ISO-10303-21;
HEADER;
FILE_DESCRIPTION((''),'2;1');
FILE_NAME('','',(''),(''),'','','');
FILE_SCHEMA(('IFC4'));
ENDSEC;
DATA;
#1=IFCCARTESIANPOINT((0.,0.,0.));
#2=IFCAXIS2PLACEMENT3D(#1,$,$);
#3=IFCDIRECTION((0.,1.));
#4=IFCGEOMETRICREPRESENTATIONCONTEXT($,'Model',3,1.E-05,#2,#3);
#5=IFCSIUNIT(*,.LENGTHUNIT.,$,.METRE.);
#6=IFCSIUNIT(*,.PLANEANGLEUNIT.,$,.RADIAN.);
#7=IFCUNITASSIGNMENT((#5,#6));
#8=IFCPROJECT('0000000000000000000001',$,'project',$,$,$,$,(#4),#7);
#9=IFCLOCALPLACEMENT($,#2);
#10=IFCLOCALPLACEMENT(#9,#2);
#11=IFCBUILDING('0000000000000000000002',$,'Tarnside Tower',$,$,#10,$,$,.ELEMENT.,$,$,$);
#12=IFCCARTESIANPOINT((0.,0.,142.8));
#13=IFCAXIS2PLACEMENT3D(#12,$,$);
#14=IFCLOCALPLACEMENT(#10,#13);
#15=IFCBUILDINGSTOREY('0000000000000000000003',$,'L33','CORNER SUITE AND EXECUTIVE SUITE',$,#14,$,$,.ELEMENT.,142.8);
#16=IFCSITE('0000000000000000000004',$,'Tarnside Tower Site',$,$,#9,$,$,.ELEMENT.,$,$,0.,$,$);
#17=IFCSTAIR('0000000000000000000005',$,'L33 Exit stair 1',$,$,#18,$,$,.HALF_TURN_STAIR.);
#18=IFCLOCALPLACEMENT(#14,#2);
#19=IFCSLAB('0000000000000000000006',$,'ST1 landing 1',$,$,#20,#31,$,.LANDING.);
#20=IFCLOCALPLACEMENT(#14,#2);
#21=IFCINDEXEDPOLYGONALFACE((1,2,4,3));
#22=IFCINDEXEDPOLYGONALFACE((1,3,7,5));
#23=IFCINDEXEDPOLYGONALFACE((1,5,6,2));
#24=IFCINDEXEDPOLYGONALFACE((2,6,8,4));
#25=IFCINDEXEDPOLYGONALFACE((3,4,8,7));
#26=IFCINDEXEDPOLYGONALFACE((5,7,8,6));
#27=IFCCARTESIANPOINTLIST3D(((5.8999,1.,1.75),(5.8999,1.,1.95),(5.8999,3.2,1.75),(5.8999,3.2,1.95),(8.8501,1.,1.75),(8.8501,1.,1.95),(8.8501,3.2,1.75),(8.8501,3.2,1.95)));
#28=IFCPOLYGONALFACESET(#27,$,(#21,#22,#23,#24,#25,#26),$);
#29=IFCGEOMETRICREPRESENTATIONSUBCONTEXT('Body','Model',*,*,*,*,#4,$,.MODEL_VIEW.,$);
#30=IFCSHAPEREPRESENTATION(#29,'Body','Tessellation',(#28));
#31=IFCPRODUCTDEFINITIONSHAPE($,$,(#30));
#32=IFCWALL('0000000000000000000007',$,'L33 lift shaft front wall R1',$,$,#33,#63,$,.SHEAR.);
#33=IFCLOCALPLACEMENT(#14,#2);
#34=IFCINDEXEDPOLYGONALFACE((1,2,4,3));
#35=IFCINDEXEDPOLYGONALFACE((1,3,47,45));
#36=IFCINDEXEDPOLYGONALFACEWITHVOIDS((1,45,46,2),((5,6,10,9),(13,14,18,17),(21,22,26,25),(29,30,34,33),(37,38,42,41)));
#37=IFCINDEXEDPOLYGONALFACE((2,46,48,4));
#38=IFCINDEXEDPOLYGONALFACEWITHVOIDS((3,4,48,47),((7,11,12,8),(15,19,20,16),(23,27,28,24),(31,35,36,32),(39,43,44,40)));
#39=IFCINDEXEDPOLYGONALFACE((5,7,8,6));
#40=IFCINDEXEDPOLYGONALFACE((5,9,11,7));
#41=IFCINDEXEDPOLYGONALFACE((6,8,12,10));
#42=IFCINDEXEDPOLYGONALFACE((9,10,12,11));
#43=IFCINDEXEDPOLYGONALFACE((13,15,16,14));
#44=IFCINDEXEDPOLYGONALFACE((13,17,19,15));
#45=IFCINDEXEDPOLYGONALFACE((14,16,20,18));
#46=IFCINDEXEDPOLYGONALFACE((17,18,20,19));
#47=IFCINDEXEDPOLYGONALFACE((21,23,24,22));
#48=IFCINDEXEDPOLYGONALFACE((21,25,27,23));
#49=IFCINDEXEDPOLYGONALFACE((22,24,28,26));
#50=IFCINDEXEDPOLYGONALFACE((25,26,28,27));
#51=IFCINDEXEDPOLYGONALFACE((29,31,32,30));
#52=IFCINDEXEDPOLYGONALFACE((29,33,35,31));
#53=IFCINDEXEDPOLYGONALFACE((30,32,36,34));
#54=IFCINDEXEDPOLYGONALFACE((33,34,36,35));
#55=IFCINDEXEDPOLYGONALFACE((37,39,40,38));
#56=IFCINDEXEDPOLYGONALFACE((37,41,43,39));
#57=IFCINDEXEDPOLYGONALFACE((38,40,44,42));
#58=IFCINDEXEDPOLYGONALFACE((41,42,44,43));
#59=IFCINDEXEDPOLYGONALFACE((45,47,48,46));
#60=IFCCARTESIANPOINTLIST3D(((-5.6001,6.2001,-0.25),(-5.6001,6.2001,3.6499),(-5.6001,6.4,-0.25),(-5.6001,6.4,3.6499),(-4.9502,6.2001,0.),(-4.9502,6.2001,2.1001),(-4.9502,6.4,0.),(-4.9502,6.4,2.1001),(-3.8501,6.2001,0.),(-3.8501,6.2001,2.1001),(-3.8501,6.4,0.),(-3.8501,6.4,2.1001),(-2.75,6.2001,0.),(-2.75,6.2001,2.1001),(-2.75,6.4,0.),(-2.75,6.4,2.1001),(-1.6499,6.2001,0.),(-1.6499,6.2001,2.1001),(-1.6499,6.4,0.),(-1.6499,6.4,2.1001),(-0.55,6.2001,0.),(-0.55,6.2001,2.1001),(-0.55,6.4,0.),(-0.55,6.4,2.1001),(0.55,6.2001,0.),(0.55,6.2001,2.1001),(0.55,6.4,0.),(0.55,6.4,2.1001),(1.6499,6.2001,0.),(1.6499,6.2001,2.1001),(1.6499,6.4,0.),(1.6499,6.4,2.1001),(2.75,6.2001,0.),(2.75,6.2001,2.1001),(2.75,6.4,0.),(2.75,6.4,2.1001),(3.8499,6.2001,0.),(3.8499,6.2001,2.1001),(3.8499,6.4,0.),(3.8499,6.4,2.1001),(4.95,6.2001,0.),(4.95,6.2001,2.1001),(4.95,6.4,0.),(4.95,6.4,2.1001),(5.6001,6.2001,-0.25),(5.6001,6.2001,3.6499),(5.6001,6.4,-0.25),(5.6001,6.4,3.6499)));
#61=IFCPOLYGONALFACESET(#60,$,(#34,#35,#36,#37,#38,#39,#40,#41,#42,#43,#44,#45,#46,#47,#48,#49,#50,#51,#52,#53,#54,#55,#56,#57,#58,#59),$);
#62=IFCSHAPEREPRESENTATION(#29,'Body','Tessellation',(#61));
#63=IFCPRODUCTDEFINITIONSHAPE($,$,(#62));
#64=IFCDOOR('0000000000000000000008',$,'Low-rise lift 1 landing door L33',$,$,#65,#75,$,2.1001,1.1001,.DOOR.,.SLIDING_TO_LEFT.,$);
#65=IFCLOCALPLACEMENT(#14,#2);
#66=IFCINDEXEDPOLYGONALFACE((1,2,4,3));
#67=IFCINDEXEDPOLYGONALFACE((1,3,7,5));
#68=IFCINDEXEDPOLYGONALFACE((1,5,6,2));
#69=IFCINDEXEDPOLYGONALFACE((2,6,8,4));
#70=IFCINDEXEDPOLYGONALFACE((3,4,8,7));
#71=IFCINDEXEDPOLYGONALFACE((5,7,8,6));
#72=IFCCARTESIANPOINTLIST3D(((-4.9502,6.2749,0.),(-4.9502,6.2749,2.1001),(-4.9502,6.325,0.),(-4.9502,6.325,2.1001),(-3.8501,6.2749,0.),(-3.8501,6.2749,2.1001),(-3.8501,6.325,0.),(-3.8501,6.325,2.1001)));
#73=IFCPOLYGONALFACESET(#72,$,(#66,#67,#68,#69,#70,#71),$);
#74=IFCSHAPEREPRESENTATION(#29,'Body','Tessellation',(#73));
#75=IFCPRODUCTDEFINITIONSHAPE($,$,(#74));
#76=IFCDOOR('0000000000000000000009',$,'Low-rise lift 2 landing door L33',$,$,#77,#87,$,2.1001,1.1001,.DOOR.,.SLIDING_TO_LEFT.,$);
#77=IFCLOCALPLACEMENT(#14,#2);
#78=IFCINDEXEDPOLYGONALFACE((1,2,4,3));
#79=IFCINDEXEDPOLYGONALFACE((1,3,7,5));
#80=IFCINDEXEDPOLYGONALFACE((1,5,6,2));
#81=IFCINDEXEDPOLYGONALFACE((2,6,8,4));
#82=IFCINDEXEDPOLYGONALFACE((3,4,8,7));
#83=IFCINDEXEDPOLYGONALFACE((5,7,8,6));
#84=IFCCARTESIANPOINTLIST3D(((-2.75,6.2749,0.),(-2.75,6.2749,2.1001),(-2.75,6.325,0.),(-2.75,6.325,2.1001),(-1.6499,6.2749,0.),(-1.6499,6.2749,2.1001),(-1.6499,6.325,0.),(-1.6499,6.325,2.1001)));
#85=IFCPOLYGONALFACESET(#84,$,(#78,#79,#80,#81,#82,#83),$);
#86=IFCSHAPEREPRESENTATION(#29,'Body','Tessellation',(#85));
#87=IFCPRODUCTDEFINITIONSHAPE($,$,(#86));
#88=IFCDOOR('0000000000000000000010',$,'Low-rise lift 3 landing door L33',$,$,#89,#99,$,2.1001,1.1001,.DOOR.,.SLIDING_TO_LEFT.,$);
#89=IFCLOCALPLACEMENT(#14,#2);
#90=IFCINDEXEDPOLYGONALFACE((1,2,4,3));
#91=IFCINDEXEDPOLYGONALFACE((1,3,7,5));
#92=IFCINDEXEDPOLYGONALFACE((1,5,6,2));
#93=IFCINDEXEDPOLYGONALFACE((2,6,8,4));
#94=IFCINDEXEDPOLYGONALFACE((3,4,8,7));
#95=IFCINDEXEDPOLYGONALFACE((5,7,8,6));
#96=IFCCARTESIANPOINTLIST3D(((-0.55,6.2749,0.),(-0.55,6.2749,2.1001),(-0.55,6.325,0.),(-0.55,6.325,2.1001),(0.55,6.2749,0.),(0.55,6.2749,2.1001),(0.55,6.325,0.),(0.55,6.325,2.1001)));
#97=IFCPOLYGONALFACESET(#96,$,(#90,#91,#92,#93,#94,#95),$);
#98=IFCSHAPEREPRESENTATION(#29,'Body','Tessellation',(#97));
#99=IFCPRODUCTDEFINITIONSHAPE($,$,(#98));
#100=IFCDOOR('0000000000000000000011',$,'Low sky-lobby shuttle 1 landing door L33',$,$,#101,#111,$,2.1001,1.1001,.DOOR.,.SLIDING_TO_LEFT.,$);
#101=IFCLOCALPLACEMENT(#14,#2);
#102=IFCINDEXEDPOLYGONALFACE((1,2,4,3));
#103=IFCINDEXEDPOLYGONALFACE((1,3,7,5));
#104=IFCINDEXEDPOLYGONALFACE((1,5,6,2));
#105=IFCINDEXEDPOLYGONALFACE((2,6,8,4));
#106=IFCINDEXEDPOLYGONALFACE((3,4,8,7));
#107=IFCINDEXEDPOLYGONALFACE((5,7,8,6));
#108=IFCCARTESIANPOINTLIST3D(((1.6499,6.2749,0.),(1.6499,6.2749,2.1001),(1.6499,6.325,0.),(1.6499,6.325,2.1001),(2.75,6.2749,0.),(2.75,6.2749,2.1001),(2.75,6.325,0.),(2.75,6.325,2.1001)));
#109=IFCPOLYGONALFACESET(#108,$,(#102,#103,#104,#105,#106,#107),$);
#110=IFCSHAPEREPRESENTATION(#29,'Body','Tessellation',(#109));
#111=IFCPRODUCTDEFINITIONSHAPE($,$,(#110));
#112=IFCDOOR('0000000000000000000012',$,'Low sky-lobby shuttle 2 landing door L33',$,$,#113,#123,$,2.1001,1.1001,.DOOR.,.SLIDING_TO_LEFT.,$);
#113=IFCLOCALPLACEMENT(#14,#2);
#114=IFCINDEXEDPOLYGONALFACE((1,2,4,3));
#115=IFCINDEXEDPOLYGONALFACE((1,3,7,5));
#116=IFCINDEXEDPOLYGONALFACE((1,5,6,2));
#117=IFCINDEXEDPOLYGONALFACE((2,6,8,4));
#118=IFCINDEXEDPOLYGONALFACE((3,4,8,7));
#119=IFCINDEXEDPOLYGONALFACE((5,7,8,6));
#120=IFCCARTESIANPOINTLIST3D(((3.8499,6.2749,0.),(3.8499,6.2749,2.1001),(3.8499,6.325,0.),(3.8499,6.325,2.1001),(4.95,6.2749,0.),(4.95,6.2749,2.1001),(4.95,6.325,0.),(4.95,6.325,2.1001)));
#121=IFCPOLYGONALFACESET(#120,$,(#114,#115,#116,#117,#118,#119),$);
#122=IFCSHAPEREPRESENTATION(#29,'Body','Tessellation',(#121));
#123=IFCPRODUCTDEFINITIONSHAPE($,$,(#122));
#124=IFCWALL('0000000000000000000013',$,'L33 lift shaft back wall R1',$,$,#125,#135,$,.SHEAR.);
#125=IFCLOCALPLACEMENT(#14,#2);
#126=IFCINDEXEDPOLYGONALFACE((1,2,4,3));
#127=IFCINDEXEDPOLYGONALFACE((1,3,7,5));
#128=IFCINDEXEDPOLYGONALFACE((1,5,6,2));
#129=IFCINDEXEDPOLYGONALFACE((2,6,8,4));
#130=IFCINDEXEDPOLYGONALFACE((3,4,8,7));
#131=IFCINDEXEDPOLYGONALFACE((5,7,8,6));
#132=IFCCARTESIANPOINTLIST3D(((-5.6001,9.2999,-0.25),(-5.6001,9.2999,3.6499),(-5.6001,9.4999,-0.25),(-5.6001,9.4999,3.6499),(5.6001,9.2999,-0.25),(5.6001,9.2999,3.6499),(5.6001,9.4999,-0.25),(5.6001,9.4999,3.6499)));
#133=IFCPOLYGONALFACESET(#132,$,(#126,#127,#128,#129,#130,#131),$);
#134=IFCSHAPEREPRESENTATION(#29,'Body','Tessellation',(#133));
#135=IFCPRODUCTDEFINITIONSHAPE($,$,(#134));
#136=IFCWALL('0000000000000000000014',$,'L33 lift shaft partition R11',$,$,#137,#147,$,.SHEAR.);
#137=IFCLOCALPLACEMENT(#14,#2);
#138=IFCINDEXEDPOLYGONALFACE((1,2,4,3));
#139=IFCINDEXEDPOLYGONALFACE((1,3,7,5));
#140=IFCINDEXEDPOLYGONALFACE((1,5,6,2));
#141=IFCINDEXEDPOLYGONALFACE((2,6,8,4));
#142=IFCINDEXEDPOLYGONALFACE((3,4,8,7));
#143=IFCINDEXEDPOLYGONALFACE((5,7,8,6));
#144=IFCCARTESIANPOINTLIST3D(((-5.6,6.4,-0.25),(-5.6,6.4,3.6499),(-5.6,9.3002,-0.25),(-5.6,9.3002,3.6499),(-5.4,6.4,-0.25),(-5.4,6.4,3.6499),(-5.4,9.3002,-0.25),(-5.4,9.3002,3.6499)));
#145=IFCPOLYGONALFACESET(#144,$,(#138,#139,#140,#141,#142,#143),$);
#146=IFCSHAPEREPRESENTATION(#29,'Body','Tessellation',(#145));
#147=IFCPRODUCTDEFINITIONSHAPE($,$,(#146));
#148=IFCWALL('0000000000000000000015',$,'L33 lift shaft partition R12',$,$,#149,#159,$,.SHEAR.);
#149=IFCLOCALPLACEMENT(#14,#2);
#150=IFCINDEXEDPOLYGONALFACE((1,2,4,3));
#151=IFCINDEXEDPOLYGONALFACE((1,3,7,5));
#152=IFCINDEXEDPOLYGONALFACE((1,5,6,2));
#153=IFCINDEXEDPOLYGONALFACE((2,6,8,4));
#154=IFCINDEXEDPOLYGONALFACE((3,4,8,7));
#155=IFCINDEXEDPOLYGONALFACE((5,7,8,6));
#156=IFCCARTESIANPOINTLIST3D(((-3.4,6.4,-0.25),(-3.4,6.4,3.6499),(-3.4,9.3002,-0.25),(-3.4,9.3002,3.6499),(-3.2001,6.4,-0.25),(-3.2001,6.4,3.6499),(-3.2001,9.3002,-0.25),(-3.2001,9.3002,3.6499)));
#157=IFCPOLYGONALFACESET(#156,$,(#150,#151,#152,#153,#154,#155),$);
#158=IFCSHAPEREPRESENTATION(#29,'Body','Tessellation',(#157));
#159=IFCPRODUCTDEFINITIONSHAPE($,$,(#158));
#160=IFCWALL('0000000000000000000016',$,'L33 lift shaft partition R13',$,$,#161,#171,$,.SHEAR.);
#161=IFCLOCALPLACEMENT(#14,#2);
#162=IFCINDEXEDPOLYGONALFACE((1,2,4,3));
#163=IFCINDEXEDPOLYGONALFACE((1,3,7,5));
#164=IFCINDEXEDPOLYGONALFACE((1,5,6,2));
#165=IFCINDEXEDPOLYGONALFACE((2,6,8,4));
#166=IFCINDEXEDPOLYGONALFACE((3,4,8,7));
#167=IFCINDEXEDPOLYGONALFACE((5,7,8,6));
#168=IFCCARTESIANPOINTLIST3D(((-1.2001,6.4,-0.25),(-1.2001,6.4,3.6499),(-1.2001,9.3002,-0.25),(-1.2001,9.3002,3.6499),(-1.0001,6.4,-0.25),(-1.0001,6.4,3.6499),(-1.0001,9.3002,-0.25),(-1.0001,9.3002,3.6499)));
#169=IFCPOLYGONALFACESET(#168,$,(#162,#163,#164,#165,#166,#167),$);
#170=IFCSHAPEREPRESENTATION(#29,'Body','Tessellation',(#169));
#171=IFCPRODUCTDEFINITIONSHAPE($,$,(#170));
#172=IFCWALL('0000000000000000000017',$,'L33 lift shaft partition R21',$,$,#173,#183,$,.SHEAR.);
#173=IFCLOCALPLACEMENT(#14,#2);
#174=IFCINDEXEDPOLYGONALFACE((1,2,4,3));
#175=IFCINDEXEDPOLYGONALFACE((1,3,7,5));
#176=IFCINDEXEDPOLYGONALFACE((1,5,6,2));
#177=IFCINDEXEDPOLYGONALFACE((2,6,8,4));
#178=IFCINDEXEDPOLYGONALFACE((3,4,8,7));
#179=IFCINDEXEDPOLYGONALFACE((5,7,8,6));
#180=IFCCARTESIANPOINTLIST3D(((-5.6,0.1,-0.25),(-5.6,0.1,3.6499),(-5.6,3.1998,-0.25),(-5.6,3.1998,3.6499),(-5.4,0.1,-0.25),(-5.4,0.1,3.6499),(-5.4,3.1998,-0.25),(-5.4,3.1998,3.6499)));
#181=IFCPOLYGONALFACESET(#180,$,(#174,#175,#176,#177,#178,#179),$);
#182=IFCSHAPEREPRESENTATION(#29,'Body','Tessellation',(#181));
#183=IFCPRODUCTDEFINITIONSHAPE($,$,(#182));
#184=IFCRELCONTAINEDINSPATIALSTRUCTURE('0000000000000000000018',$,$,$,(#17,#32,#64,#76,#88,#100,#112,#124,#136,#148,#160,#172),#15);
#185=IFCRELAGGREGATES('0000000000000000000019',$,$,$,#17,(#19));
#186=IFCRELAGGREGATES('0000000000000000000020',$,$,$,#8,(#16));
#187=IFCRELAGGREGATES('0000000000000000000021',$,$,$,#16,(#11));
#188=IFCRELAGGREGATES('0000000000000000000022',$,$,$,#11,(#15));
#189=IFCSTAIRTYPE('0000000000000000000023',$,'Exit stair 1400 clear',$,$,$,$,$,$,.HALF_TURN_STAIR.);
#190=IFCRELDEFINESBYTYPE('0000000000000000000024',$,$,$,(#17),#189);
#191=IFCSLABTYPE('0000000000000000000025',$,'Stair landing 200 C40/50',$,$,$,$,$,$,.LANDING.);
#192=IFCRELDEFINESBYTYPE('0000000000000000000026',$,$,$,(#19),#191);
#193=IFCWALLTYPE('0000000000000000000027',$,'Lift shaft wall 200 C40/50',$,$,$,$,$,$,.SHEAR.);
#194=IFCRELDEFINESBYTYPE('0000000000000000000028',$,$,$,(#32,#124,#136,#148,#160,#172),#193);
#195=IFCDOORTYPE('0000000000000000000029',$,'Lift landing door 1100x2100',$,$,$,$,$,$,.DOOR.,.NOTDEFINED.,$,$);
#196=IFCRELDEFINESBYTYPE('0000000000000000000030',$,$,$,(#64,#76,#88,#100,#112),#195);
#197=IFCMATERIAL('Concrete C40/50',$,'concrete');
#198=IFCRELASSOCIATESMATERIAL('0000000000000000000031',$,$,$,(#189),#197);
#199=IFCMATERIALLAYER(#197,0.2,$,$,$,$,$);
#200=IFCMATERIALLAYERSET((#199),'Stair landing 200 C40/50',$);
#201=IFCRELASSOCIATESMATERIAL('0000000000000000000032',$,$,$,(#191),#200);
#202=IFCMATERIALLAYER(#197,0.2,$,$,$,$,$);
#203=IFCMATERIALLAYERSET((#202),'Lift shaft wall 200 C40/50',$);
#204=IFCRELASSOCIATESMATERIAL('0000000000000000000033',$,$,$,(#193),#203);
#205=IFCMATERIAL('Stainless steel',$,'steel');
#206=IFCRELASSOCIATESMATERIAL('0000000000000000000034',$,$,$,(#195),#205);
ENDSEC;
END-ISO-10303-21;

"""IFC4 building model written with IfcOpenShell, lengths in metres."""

from ifc_helpers import new_model, si_unit, direction, frame, frame_2d, origin, place, context, subcontext, project, spatial, polyline, rectangle, outline, extrude, material, layer, layer_set, type_object, element, fill, aggregate, save


model = new_model("IFC4")

# Units and contexts
model_context = context("Model", 3, precision=1e-05, world=origin(), true_north=direction((0.0, 1.0)))
body_context = subcontext(model_context, "Body", "Model", "MODEL_VIEW")
ifc_project = project(units=[si_unit("LENGTHUNIT", "METRE"), si_unit("PLANEANGLEUNIT", "RADIAN")], contexts=[model_context])

# Site, building, storey
site_placement = place(None, origin())
site = spatial("IfcSite", under=ifc_project, at=site_placement, Name="Tarnside Tower Site", CompositionType="ELEMENT", RefElevation=0.0)
building_placement = place(site_placement, origin())
building = spatial("IfcBuilding", under=site, at=building_placement, Name="Tarnside Tower", CompositionType="ELEMENT")
storey_placement = place(building_placement, frame((0.0, 0.0, 142.8)))
storey = spatial("IfcBuildingStorey", under=building, at=storey_placement, Name="L33", Description="CORNER SUITE AND EXECUTIVE SUITE", CompositionType="ELEMENT", Elevation=142.8)

# Stair, slab
ifc_material_1 = material(Name="Concrete C40/50", Category="concrete")
stair_type = type_object("IfcStairType", Name="Exit stair 1400 clear", PredefinedType="HALF_TURN_STAIR", material=ifc_material_1)
stair_placement = place(storey_placement, origin())
stair = element("IfcStair", 1, at=stair_placement, inside=storey, type_object=stair_type, Name="L33 Exit stair 1", PredefinedType="HALF_TURN_STAIR")
ifc_layer_1 = layer(ifc_material_1, 0.2)
ifc_layer_set_1 = layer_set([ifc_layer_1], Name="Stair landing 200 C40/50")
slab_type = type_object("IfcSlabType", Name="Stair landing 200 C40/50", PredefinedType="LANDING", material=ifc_layer_set_1)
slab_placement = place(storey_placement, frame((0.0, 0.0, 1.75)))
slab = element("IfcSlab", 2, at=slab_placement, type_object=slab_type, Name="ST1 landing 1", PredefinedType="LANDING", context=body_context, shape_type="SweptSolid", body=[
    extrude(outline(polyline([(8.8501, 1.0), (8.8501, 3.2), (5.8999, 3.2), (5.8999, 1.0), (8.8501, 1.0)])), origin(), (0.0, 0.0, 1.0), 0.2),
])
aggregate(stair, [slab])

# Wall, openings, doors
ifc_layer_2 = layer(ifc_material_1, 0.2)
ifc_layer_set_2 = layer_set([ifc_layer_2], Name="Lift shaft wall 200 C40/50")
wall_type = type_object("IfcWallType", Name="Lift shaft wall 200 C40/50", PredefinedType="SHEAR", material=ifc_layer_set_2)
wall_1_placement = place(storey_placement, frame((-5.6001, 6.3, -0.25), z_axis=(0.0, 0.0, 1.0), x_axis=(1.0, 0.0, 0.0)))
wall_1 = element("IfcWall", 3, at=wall_1_placement, inside=storey, type_object=wall_type, Name="L33 lift shaft front wall R1", PredefinedType="SHEAR", context=body_context, shape_type="SweptSolid", body=[
    extrude(rectangle(XDim=11.2002, YDim=0.2, at=frame_2d((5.6001, 0.0))), origin(), (0.0, 0.0, 1.0), 3.8999),
])
opening_1_placement = place(wall_1_placement, frame((0.6499, 0.0, 0.25)))
opening_1 = element("IfcOpeningElement", 4, at=opening_1_placement, cuts=wall_1, PredefinedType="OPENING", context=body_context, shape_type="SweptSolid", body=[
    extrude(rectangle(XDim=1.1001, YDim=2.1001, at=frame_2d((0.55, 1.05))), frame((0.0, 0.1099, 0.0), z_axis=(0.0, -1.0, 0.0), x_axis=(1.0, 0.0, 0.0)), (0.0, 0.0, 1.0), 0.22),
])
opening_2_placement = place(wall_1_placement, frame((2.8501, 0.0, 0.25)))
opening_2 = element("IfcOpeningElement", 5, at=opening_2_placement, cuts=wall_1, PredefinedType="OPENING", context=body_context, shape_type="SweptSolid", body=[
    extrude(rectangle(XDim=1.1001, YDim=2.1001, at=frame_2d((0.55, 1.05))), frame((0.0, 0.1099, 0.0), z_axis=(0.0, -1.0, 0.0), x_axis=(1.0, 0.0, 0.0)), (0.0, 0.0, 1.0), 0.22),
])
opening_3_placement = place(wall_1_placement, frame((5.05, 0.0, 0.25)))
opening_3 = element("IfcOpeningElement", 6, at=opening_3_placement, cuts=wall_1, PredefinedType="OPENING", context=body_context, shape_type="SweptSolid", body=[
    extrude(rectangle(XDim=1.1001, YDim=2.1001, at=frame_2d((0.55, 1.05))), frame((0.0, 0.1099, 0.0), z_axis=(0.0, -1.0, 0.0), x_axis=(1.0, 0.0, 0.0)), (0.0, 0.0, 1.0), 0.22),
])
opening_4_placement = place(wall_1_placement, frame((7.25, 0.0, 0.25)))
opening_4 = element("IfcOpeningElement", 7, at=opening_4_placement, cuts=wall_1, PredefinedType="OPENING", context=body_context, shape_type="SweptSolid", body=[
    extrude(rectangle(XDim=1.1001, YDim=2.1001, at=frame_2d((0.55, 1.05))), frame((0.0, 0.1099, 0.0), z_axis=(0.0, -1.0, 0.0), x_axis=(1.0, 0.0, 0.0)), (0.0, 0.0, 1.0), 0.22),
])
opening_5_placement = place(wall_1_placement, frame((9.45, 0.0, 0.25)))
opening_5 = element("IfcOpeningElement", 8, at=opening_5_placement, cuts=wall_1, PredefinedType="OPENING", context=body_context, shape_type="SweptSolid", body=[
    extrude(rectangle(XDim=1.1001, YDim=2.1001, at=frame_2d((0.55, 1.05))), frame((0.0, 0.1099, 0.0), z_axis=(0.0, -1.0, 0.0), x_axis=(1.0, 0.0, 0.0)), (0.0, 0.0, 1.0), 0.22),
])
ifc_material_2 = material(Name="Stainless steel", Category="steel")
door_type = type_object("IfcDoorType", Name="Lift landing door 1100x2100", OperationType="NOTDEFINED", PredefinedType="DOOR", material=ifc_material_2)
door_1_placement = place(opening_1_placement, origin())
door_1 = element("IfcDoor", 9, at=door_1_placement, inside=storey, type_object=door_type, Name="Low-rise lift 1 landing door L33", OperationType="SLIDING_TO_LEFT", OverallHeight=2.1001, OverallWidth=1.1001, PredefinedType="DOOR", context=body_context, shape_type="SweptSolid", body=[
    extrude(rectangle(XDim=1.1001, YDim=2.1001, at=frame_2d((0.55, 1.05))), frame((0.0, 0.0249, 0.0), z_axis=(0.0, -1.0, 0.0), x_axis=(1.0, 0.0, 0.0)), (0.0, 0.0, 1.0), 0.05),
])
fill(opening_1, door_1)
door_2_placement = place(opening_2_placement, origin())
door_2 = element("IfcDoor", 10, at=door_2_placement, inside=storey, type_object=door_type, Name="Low-rise lift 2 landing door L33", OperationType="SLIDING_TO_LEFT", OverallHeight=2.1001, OverallWidth=1.1001, PredefinedType="DOOR", context=body_context, shape_type="SweptSolid", body=[
    extrude(rectangle(XDim=1.1001, YDim=2.1001, at=frame_2d((0.55, 1.05))), frame((0.0, 0.0249, 0.0), z_axis=(0.0, -1.0, 0.0), x_axis=(1.0, 0.0, 0.0)), (0.0, 0.0, 1.0), 0.05),
])
fill(opening_2, door_2)
door_3_placement = place(opening_3_placement, origin())
door_3 = element("IfcDoor", 11, at=door_3_placement, inside=storey, type_object=door_type, Name="Low-rise lift 3 landing door L33", OperationType="SLIDING_TO_LEFT", OverallHeight=2.1001, OverallWidth=1.1001, PredefinedType="DOOR", context=body_context, shape_type="SweptSolid", body=[
    extrude(rectangle(XDim=1.1001, YDim=2.1001, at=frame_2d((0.55, 1.05))), frame((0.0, 0.0249, 0.0), z_axis=(0.0, -1.0, 0.0), x_axis=(1.0, 0.0, 0.0)), (0.0, 0.0, 1.0), 0.05),
])
fill(opening_3, door_3)
door_4_placement = place(opening_4_placement, origin())
door_4 = element("IfcDoor", 12, at=door_4_placement, inside=storey, type_object=door_type, Name="Low sky-lobby shuttle 1 landing door L33", OperationType="SLIDING_TO_LEFT", OverallHeight=2.1001, OverallWidth=1.1001, PredefinedType="DOOR", context=body_context, shape_type="SweptSolid", body=[
    extrude(rectangle(XDim=1.1001, YDim=2.1001, at=frame_2d((0.55, 1.05))), frame((0.0, 0.0249, 0.0), z_axis=(0.0, -1.0, 0.0), x_axis=(1.0, 0.0, 0.0)), (0.0, 0.0, 1.0), 0.05),
])
fill(opening_4, door_4)
door_5_placement = place(opening_5_placement, origin())
door_5 = element("IfcDoor", 13, at=door_5_placement, inside=storey, type_object=door_type, Name="Low sky-lobby shuttle 2 landing door L33", OperationType="SLIDING_TO_LEFT", OverallHeight=2.1001, OverallWidth=1.1001, PredefinedType="DOOR", context=body_context, shape_type="SweptSolid", body=[
    extrude(rectangle(XDim=1.1001, YDim=2.1001, at=frame_2d((0.55, 1.05))), frame((0.0, 0.0249, 0.0), z_axis=(0.0, -1.0, 0.0), x_axis=(1.0, 0.0, 0.0)), (0.0, 0.0, 1.0), 0.05),
])
fill(opening_5, door_5)

# Walls
wall_2_placement = place(storey_placement, frame((-5.6001, 9.3999, -0.25), z_axis=(0.0, 0.0, 1.0), x_axis=(1.0, 0.0, 0.0)))
element("IfcWall", 14, at=wall_2_placement, inside=storey, type_object=wall_type, Name="L33 lift shaft back wall R1", PredefinedType="SHEAR", context=body_context, shape_type="SweptSolid", body=[
    extrude(rectangle(XDim=11.2002, YDim=0.2, at=frame_2d((5.6001, 0.0))), origin(), (0.0, 0.0, 1.0), 3.8999),
])
for number, where, z_axis, x_axis, name in (
    (15, (-5.5, 6.3999, -0.25), (0.0, 0.0, 1.0), (0.0, 1.0, 0.0), "L33 lift shaft partition R11"),
    (16, (-3.3, 6.3999, -0.25), (0.0, 0.0, 1.0), (0.0, 1.0, 0.0), "L33 lift shaft partition R12"),
    (17, (-1.1001, 6.3999, -0.25), (0.0, 0.0, 1.0), (0.0, 1.0, 0.0), "L33 lift shaft partition R13"),
):
    element("IfcWall", number, at=place(storey_placement, frame(where, z_axis=z_axis, x_axis=x_axis)), inside=storey, type_object=wall_type, Name=name, PredefinedType="SHEAR", context=body_context, shape_type="SweptSolid", body=[
        extrude(rectangle(XDim=2.9001, YDim=0.2, at=frame_2d((1.4502, 0.0))), origin(), (0.0, 0.0, 1.0), 3.8999),
    ])
for number, where, z_axis, x_axis, name in (
    (18, (-5.5, 0.1001, -0.25), (0.0, 0.0, 1.0), (0.0, 1.0, 0.0), "L33 lift shaft partition R21"),
):
    element("IfcWall", number, at=place(storey_placement, frame(where, z_axis=z_axis, x_axis=x_axis)), inside=storey, type_object=wall_type, Name=name, PredefinedType="SHEAR", context=body_context, shape_type="SweptSolid", body=[
        extrude(rectangle(XDim=3.0999, YDim=0.2, at=frame_2d((1.5498, 0.0))), origin(), (0.0, 0.0, 1.0), 3.8999),
    ])

save(model, "model.ifc")
